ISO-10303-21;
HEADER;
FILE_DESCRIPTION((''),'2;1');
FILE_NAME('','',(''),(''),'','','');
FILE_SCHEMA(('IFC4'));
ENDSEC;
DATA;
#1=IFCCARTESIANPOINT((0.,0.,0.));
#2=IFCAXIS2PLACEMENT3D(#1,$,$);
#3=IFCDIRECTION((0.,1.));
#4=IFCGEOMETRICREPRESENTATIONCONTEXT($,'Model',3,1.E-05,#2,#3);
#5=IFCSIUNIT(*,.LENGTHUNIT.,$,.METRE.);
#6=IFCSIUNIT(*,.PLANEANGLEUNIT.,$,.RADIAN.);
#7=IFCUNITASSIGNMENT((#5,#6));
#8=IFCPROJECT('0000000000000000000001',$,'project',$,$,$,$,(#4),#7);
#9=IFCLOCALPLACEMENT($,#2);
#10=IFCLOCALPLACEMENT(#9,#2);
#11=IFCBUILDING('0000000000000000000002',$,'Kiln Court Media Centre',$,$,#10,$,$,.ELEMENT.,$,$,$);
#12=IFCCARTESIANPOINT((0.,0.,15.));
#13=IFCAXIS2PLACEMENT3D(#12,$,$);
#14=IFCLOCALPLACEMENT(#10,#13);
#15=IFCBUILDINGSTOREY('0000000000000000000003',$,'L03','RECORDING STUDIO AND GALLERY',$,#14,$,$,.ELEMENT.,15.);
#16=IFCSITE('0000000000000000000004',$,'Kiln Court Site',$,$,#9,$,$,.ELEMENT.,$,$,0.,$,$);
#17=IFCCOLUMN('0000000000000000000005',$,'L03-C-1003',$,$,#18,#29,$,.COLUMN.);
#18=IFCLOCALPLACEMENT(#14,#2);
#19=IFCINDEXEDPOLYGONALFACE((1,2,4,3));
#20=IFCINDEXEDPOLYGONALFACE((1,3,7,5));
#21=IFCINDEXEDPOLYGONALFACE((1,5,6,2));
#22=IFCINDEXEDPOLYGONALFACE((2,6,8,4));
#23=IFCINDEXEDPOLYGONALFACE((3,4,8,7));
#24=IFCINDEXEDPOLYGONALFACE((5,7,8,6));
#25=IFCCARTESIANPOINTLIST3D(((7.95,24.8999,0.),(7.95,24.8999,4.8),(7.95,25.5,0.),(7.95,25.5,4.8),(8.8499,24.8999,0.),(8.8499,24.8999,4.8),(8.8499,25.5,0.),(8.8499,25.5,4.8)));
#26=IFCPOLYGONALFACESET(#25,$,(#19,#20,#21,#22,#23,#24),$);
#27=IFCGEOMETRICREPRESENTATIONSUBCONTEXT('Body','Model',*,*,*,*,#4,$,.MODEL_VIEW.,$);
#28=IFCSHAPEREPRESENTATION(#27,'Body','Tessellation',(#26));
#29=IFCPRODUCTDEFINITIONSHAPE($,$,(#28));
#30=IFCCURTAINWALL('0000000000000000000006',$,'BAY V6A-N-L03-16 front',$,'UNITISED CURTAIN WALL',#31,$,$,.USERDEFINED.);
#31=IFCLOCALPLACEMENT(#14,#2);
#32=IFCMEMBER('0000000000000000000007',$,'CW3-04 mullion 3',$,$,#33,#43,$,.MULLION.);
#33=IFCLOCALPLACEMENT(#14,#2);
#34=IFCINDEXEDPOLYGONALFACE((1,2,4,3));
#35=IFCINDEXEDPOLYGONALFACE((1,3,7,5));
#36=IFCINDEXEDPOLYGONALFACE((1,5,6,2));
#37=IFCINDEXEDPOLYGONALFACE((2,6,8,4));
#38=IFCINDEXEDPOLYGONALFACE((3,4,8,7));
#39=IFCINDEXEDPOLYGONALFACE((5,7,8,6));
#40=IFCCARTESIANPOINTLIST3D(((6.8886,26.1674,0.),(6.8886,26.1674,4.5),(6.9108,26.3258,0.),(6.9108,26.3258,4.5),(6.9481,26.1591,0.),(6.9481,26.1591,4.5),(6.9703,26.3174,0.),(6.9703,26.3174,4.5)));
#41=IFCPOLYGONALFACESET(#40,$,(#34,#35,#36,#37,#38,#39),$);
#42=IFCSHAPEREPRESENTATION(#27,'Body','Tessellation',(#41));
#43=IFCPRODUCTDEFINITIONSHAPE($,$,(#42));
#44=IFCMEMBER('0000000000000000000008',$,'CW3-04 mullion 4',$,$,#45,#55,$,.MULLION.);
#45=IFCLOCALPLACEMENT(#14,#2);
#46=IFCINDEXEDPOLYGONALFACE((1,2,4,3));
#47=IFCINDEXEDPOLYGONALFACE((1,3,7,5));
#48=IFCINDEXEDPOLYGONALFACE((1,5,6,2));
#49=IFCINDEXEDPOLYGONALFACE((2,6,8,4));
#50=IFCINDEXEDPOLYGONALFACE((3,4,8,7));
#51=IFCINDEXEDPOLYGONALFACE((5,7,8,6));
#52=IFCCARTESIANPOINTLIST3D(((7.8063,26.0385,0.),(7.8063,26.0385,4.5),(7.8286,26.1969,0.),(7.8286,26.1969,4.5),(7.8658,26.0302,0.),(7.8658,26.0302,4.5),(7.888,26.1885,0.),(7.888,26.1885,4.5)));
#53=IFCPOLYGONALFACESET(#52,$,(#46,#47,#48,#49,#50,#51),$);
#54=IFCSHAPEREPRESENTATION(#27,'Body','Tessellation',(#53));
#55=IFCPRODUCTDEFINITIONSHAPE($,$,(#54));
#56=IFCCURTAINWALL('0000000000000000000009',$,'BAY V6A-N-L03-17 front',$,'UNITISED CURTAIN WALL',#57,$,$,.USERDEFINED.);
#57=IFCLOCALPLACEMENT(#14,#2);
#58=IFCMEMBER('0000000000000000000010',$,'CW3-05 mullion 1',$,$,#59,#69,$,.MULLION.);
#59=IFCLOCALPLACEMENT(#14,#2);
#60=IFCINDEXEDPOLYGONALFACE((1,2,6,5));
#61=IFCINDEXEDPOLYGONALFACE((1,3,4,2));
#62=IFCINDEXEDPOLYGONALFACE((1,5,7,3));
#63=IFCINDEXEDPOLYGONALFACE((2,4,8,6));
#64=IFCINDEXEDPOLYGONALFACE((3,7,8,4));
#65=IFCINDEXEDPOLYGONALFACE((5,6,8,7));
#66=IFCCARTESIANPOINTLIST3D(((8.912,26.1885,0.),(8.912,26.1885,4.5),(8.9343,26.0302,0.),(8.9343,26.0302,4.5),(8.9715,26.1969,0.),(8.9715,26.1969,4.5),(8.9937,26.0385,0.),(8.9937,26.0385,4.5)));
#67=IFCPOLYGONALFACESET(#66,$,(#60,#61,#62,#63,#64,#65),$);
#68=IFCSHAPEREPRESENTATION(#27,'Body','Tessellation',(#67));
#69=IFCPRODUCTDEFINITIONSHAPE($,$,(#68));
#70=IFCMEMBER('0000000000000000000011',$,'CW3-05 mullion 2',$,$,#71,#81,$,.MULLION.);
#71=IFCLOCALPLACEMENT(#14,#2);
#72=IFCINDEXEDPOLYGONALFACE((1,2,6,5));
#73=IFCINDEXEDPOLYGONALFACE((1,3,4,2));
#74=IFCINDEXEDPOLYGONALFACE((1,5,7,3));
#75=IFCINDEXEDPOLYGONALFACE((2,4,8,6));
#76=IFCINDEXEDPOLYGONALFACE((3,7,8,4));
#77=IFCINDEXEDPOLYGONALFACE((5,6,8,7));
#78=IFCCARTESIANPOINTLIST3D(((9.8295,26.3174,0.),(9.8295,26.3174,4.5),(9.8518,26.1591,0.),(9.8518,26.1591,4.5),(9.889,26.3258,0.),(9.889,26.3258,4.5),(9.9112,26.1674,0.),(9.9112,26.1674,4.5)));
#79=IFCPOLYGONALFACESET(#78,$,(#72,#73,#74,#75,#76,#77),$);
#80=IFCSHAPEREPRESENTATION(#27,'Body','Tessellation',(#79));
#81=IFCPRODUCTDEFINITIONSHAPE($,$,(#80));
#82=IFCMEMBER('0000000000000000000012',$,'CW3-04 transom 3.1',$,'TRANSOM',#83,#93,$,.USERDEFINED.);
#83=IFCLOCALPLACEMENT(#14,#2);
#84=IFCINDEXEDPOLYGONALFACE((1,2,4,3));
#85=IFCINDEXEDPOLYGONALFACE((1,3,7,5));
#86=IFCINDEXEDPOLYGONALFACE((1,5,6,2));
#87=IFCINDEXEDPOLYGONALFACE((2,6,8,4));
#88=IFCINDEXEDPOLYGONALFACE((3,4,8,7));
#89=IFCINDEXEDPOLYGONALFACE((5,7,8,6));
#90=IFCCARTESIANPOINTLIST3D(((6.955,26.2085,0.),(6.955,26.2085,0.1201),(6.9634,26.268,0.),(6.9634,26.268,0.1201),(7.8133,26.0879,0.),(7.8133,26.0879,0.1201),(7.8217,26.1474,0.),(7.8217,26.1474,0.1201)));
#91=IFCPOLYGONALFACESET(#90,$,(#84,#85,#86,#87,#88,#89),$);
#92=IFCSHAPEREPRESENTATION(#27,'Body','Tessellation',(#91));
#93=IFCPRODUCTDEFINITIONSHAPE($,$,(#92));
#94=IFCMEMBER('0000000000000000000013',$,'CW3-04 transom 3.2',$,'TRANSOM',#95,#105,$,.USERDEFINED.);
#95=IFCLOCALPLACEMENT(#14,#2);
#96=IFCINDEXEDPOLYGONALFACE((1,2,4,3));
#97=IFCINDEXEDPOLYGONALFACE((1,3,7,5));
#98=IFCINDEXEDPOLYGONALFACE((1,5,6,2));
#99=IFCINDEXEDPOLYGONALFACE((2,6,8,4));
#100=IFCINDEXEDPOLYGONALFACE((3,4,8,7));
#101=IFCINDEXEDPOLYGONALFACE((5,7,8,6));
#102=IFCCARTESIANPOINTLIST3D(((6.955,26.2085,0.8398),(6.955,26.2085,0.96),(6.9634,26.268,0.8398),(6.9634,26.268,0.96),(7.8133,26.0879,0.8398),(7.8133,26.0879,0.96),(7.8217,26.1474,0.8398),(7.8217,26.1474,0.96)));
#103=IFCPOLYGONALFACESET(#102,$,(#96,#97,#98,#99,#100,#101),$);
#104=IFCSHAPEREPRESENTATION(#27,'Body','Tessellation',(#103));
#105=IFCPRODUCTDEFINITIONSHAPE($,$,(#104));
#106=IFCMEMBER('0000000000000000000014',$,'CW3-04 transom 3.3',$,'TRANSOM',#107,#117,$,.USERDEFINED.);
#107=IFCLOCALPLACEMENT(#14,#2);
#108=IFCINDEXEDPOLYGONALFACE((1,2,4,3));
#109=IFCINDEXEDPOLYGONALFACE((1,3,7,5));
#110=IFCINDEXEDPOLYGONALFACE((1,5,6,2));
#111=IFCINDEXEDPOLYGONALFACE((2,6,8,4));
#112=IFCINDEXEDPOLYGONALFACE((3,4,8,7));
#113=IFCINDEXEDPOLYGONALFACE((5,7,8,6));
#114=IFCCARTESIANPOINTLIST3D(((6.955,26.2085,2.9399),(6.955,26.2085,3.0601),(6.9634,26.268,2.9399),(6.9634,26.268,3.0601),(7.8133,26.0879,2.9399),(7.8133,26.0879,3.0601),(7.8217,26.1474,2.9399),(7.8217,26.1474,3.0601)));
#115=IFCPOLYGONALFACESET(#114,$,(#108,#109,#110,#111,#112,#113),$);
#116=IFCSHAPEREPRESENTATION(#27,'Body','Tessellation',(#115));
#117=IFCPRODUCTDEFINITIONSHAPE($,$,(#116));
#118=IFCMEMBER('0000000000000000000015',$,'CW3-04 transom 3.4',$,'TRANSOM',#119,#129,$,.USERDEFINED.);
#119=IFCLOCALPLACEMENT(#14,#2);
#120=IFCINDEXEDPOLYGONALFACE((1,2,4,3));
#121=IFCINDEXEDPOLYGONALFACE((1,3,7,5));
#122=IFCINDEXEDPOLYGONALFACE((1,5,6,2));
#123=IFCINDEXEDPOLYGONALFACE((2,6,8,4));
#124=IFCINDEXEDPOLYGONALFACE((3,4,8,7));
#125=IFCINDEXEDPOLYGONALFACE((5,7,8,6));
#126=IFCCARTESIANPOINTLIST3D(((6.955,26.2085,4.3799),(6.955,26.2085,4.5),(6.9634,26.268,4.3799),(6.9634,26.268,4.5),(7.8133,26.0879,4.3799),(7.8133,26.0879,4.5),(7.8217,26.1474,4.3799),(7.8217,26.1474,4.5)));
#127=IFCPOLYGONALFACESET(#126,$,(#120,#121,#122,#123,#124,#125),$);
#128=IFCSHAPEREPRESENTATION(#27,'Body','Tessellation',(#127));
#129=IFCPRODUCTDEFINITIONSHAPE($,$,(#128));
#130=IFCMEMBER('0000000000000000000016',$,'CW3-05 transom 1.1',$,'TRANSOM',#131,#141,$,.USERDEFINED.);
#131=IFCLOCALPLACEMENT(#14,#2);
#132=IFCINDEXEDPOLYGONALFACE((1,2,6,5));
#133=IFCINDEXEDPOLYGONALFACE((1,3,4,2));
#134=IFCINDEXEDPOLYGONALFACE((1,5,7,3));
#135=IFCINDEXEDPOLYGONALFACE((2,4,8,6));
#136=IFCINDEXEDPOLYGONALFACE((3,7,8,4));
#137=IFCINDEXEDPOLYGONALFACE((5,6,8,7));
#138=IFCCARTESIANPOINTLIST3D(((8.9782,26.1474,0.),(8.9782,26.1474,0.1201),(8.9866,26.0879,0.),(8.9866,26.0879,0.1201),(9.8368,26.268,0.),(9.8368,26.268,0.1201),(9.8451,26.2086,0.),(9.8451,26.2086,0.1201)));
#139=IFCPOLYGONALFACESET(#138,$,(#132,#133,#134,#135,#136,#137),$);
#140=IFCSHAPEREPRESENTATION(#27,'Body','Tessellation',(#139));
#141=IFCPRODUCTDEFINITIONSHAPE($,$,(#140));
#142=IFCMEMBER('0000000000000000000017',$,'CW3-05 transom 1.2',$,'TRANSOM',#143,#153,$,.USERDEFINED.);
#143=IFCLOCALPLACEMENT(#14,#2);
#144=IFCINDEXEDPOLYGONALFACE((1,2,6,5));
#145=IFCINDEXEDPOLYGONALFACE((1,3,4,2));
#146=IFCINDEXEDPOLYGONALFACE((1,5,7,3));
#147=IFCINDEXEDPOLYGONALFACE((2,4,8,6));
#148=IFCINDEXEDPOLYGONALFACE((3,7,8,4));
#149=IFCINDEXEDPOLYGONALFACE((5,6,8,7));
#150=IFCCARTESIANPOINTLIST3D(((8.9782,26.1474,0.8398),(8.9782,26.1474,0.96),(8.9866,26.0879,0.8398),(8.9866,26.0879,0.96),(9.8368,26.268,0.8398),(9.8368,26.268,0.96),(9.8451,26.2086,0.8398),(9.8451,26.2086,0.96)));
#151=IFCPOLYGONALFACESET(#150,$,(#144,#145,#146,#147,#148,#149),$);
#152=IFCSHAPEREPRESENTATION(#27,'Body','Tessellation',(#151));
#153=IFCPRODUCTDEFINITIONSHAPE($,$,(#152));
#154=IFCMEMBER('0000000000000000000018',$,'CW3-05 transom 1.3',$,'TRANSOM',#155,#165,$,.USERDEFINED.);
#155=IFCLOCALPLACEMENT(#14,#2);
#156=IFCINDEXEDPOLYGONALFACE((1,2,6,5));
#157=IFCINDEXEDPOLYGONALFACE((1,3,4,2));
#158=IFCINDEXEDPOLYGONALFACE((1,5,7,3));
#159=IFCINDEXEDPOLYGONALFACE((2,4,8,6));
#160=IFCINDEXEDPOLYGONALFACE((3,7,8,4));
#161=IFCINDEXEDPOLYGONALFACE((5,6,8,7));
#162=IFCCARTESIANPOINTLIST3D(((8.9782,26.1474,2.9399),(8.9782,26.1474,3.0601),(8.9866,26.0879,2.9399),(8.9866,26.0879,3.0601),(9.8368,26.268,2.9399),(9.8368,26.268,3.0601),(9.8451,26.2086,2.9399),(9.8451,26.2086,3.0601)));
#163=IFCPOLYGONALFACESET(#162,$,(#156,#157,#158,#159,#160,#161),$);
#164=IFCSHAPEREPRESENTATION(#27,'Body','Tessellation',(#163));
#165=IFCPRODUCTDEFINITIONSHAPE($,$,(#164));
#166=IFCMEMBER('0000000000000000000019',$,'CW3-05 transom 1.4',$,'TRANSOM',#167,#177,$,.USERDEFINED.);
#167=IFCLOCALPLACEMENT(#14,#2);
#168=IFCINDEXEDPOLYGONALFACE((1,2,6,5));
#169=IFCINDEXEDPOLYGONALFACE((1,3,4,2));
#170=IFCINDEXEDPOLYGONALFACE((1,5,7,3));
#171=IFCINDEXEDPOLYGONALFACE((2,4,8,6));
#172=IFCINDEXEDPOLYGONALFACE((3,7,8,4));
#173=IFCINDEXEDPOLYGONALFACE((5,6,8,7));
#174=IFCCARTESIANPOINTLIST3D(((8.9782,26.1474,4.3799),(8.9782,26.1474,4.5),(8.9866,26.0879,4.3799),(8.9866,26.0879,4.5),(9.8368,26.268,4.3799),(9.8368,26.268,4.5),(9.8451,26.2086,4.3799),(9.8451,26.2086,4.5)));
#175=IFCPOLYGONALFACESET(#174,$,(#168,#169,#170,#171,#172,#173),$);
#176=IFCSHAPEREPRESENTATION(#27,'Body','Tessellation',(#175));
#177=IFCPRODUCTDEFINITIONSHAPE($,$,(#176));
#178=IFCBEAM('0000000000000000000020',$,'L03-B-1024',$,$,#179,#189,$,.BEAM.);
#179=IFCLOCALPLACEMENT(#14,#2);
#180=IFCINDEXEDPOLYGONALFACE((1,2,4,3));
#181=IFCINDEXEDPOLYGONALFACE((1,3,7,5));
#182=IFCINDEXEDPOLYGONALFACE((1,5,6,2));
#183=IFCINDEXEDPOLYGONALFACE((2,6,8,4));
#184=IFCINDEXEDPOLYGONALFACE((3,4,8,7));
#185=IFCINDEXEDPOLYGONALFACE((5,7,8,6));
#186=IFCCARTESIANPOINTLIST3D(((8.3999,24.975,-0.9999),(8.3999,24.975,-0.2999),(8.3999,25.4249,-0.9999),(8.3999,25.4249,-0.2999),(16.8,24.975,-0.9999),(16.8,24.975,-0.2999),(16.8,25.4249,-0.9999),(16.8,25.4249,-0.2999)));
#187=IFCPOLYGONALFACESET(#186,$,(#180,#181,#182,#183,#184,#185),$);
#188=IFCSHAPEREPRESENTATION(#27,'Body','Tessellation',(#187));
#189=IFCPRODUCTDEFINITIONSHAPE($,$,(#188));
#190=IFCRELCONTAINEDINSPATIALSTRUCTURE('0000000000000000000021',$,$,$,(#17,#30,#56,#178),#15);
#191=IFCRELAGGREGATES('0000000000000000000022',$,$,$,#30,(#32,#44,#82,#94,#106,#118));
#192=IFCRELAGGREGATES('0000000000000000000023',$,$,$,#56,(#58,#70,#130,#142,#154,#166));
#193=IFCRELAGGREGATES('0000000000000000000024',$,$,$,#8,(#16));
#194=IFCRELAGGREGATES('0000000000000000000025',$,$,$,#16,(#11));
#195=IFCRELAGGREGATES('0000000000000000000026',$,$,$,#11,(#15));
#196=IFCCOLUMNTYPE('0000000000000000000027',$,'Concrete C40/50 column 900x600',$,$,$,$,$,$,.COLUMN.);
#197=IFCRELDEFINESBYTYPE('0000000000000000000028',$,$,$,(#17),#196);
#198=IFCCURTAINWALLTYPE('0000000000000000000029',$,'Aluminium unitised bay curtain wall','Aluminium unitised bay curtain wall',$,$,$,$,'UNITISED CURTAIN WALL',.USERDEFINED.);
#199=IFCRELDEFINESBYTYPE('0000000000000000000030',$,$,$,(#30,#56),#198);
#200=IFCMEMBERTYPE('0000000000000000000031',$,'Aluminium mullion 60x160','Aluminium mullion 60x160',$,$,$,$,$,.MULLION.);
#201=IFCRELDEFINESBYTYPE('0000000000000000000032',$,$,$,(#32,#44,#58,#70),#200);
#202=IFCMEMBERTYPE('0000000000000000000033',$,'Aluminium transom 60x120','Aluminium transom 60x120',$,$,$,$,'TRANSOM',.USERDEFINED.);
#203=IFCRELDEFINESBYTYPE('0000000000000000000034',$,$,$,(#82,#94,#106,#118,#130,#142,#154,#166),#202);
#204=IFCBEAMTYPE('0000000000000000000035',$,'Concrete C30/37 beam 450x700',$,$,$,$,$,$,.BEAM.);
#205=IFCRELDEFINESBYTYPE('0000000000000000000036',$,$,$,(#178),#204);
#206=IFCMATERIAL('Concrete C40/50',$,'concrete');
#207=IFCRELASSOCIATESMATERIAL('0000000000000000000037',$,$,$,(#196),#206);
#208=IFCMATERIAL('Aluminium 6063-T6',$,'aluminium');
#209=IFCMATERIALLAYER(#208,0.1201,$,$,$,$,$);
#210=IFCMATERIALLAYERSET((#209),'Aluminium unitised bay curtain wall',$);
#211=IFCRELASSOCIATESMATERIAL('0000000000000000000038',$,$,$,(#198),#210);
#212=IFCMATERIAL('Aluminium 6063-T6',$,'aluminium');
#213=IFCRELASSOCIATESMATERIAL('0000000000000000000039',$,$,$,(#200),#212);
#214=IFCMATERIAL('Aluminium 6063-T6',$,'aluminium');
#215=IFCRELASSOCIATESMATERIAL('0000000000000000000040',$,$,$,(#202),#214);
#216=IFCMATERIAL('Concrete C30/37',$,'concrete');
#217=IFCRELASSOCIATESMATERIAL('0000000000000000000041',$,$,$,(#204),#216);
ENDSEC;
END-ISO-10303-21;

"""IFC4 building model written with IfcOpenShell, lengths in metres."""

from ifc_helpers import new_model, si_unit, direction, frame, origin, origin_2d, place, context, subcontext, project, spatial, rectangle, extrude, material, layer, layer_set, material_profile, profile_set, type_object, element, aggregate, save


model = new_model("IFC4")

# Units and contexts
model_context = context("Model", 3, precision=1e-05, world=origin(), true_north=direction((0.0, 1.0)))
body_context = subcontext(model_context, "Body", "Model", "MODEL_VIEW")
ifc_project = project(units=[si_unit("LENGTHUNIT", "METRE"), si_unit("PLANEANGLEUNIT", "RADIAN")], contexts=[model_context])

# Site, building, storey
site_placement = place(None, origin())
site = spatial("IfcSite", under=ifc_project, at=site_placement, Name="Kiln Court Site", CompositionType="ELEMENT", RefElevation=0.0)
building_placement = place(site_placement, origin())
building = spatial("IfcBuilding", under=site, at=building_placement, Name="Kiln Court Media Centre", CompositionType="ELEMENT")
storey_placement = place(building_placement, frame((0.0, 0.0, 15.0)))
storey = spatial("IfcBuildingStorey", under=building, at=storey_placement, Name="L03", Description="RECORDING STUDIO AND GALLERY", CompositionType="ELEMENT", Elevation=15.0)

# Column
ifc_material_1 = material(Name="Concrete C40/50", Category="concrete")
ifc_material_profile_1 = material_profile(ifc_material_1, rectangle(XDim=0.8999, YDim=0.6001, at=origin_2d()), Name="RC 900x600")
ifc_profile_set_1 = profile_set([ifc_material_profile_1], Name="Concrete C40/50")
column_type = type_object("IfcColumnType", Name="Concrete C40/50 column 900x600", PredefinedType="COLUMN", material=ifc_profile_set_1)
column_placement = place(storey_placement, frame((8.3999, 25.2, 0.0), z_axis=(0.0, 0.0, 1.0), x_axis=(1.0, 0.0, 0.0)))
element("IfcColumn", 1, at=column_placement, inside=storey, type_object=column_type, Name="L03-C-1003", PredefinedType="COLUMN", context=body_context, shape_type="SweptSolid", body=[
    extrude(rectangle(XDim=0.8999, YDim=0.6001, at=origin_2d()), origin(), (0.0, 0.0, 1.0), 4.8),
])

# Curtain walls, members
ifc_material_2 = material(Name="Aluminium 6063-T6", Category="aluminium")
ifc_layer_1 = layer(ifc_material_2, 0.1201)
ifc_layer_set_1 = layer_set([ifc_layer_1], Name="Aluminium unitised bay curtain wall")
curtain_wall_type = type_object("IfcCurtainWallType", Name="Aluminium unitised bay curtain wall", Description="Aluminium unitised bay curtain wall", ElementType="UNITISED CURTAIN WALL", PredefinedType="USERDEFINED", material=ifc_layer_set_1)
curtain_wall_1_placement = place(storey_placement, origin())
curtain_wall_1 = element("IfcCurtainWall", 2, at=curtain_wall_1_placement, inside=storey, type_object=curtain_wall_type, Name="BAY V6A-N-L03-16 front", ObjectType="UNITISED CURTAIN WALL", PredefinedType="USERDEFINED")
ifc_material_3 = material(Name="Aluminium 6063-T6", Category="aluminium")
ifc_material_profile_2 = material_profile(ifc_material_3, rectangle(XDim=0.0601, YDim=0.1599, at=origin_2d()), Name="Aluminium mullion 60x160")
ifc_profile_set_2 = profile_set([ifc_material_profile_2], Name="Aluminium 6063-T6")
member_type_1 = type_object("IfcMemberType", Name="Aluminium mullion 60x160", Description="Aluminium mullion 60x160", PredefinedType="MULLION", material=ifc_profile_set_2)
member_1_placement = place(storey_placement, frame((6.9294, 26.2424, 0.0), z_axis=(0.0, 0.0, 1.0), x_axis=(0.99027, -0.139162, 0.0)))
member_1 = element("IfcMember", 3, at=member_1_placement, type_object=member_type_1, Name="CW3-04 mullion 3", PredefinedType="MULLION", context=body_context, shape_type="SweptSolid", body=[
    extrude(rectangle(XDim=0.0601, YDim=0.1599, at=origin_2d()), origin(), (0.0, 0.0, 1.0), 4.5),
])
member_2_placement = place(storey_placement, frame((7.8472, 26.1135, 0.0), z_axis=(0.0, 0.0, 1.0), x_axis=(0.99027, -0.139162, 0.0)))
member_2 = element("IfcMember", 4, at=member_2_placement, type_object=member_type_1, Name="CW3-04 mullion 4", PredefinedType="MULLION", context=body_context, shape_type="SweptSolid", body=[
    extrude(rectangle(XDim=0.0601, YDim=0.1599, at=origin_2d()), origin(), (0.0, 0.0, 1.0), 4.5),
])
curtain_wall_2_placement = place(storey_placement, origin())
curtain_wall_2 = element("IfcCurtainWall", 5, at=curtain_wall_2_placement, inside=storey, type_object=curtain_wall_type, Name="BAY V6A-N-L03-17 front", ObjectType="UNITISED CURTAIN WALL", PredefinedType="USERDEFINED")
member_3_placement = place(storey_placement, frame((8.9529, 26.1135, 0.0), z_axis=(0.0, 0.0, 1.0), x_axis=(0.99027, 0.139162, 0.0)))
member_3 = element("IfcMember", 6, at=member_3_placement, type_object=member_type_1, Name="CW3-05 mullion 1", PredefinedType="MULLION", context=body_context, shape_type="SweptSolid", body=[
    extrude(rectangle(XDim=0.0601, YDim=0.1599, at=origin_2d()), origin(), (0.0, 0.0, 1.0), 4.5),
])
member_4_placement = place(storey_placement, frame((9.8704, 26.2424, 0.0), z_axis=(0.0, 0.0, 1.0), x_axis=(0.99027, 0.139162, 0.0)))
member_4 = element("IfcMember", 7, at=member_4_placement, type_object=member_type_1, Name="CW3-05 mullion 2", PredefinedType="MULLION", context=body_context, shape_type="SweptSolid", body=[
    extrude(rectangle(XDim=0.0601, YDim=0.1599, at=origin_2d()), origin(), (0.0, 0.0, 1.0), 4.5),
])

# Members
ifc_material_4 = material(Name="Aluminium 6063-T6", Category="aluminium")
ifc_material_profile_3 = material_profile(ifc_material_4, rectangle(XDim=0.0601, YDim=0.1201, at=origin_2d()), Name="Aluminium transom 60x120")
ifc_profile_set_3 = profile_set([ifc_material_profile_3], Name="Aluminium 6063-T6")
member_type_2 = type_object("IfcMemberType", Name="Aluminium transom 60x120", Description="Aluminium transom 60x120", ElementType="TRANSOM", PredefinedType="USERDEFINED", material=ifc_profile_set_3)
member_5_placement = place(storey_placement, frame((6.9592, 26.2383, 0.0601), z_axis=(0.990268, -0.139173, 0.0), x_axis=(0.139173, 0.990268, 0.0)))
member_5 = element("IfcMember", 8, at=member_5_placement, type_object=member_type_2, Name="CW3-04 transom 3.1", ObjectType="TRANSOM", PredefinedType="USERDEFINED", context=body_context, shape_type="SweptSolid", body=[
    extrude(rectangle(XDim=0.0601, YDim=0.1201, at=origin_2d()), origin(), (0.0, 0.0, 1.0), 0.8667),
])
member_6_placement = place(storey_placement, frame((6.9592, 26.2383, 0.8999), z_axis=(0.990268, -0.139173, 0.0), x_axis=(0.139173, 0.990268, 0.0)))
member_6 = element("IfcMember", 9, at=member_6_placement, type_object=member_type_2, Name="CW3-04 transom 3.2", ObjectType="TRANSOM", PredefinedType="USERDEFINED", context=body_context, shape_type="SweptSolid", body=[
    extrude(rectangle(XDim=0.0601, YDim=0.1201, at=origin_2d()), origin(), (0.0, 0.0, 1.0), 0.8667),
])
member_7_placement = place(storey_placement, frame((6.9592, 26.2383, 3.0), z_axis=(0.990268, -0.139173, 0.0), x_axis=(0.139173, 0.990268, 0.0)))
member_7 = element("IfcMember", 10, at=member_7_placement, type_object=member_type_2, Name="CW3-04 transom 3.3", ObjectType="TRANSOM", PredefinedType="USERDEFINED", context=body_context, shape_type="SweptSolid", body=[
    extrude(rectangle(XDim=0.0601, YDim=0.1201, at=origin_2d()), origin(), (0.0, 0.0, 1.0), 0.8667),
])
member_8_placement = place(storey_placement, frame((6.9592, 26.2383, 4.4399), z_axis=(0.990268, -0.139173, 0.0), x_axis=(0.139173, 0.990268, 0.0)))
member_8 = element("IfcMember", 11, at=member_8_placement, type_object=member_type_2, Name="CW3-04 transom 3.4", ObjectType="TRANSOM", PredefinedType="USERDEFINED", context=body_context, shape_type="SweptSolid", body=[
    extrude(rectangle(XDim=0.0601, YDim=0.1201, at=origin_2d()), origin(), (0.0, 0.0, 1.0), 0.8667),
])
member_9_placement = place(storey_placement, frame((8.9824, 26.1177, 0.0601), z_axis=(0.990274, 0.139134, 0.0), x_axis=(-0.139134, 0.990274, 0.0)))
member_9 = element("IfcMember", 12, at=member_9_placement, type_object=member_type_2, Name="CW3-05 transom 1.1", ObjectType="TRANSOM", PredefinedType="USERDEFINED", context=body_context, shape_type="SweptSolid", body=[
    extrude(rectangle(XDim=0.0601, YDim=0.1201, at=origin_2d()), origin(), (0.0, 0.0, 1.0), 0.8669),
])
member_10_placement = place(storey_placement, frame((8.9824, 26.1177, 0.8999), z_axis=(0.990274, 0.139134, 0.0), x_axis=(-0.139134, 0.990274, 0.0)))
member_10 = element("IfcMember", 13, at=member_10_placement, type_object=member_type_2, Name="CW3-05 transom 1.2", ObjectType="TRANSOM", PredefinedType="USERDEFINED", context=body_context, shape_type="SweptSolid", body=[
    extrude(rectangle(XDim=0.0601, YDim=0.1201, at=origin_2d()), origin(), (0.0, 0.0, 1.0), 0.8669),
])
member_11_placement = place(storey_placement, frame((8.9824, 26.1177, 3.0), z_axis=(0.990274, 0.139134, 0.0), x_axis=(-0.139134, 0.990274, 0.0)))
member_11 = element("IfcMember", 14, at=member_11_placement, type_object=member_type_2, Name="CW3-05 transom 1.3", ObjectType="TRANSOM", PredefinedType="USERDEFINED", context=body_context, shape_type="SweptSolid", body=[
    extrude(rectangle(XDim=0.0601, YDim=0.1201, at=origin_2d()), origin(), (0.0, 0.0, 1.0), 0.8669),
])
member_12_placement = place(storey_placement, frame((8.9824, 26.1177, 4.4399), z_axis=(0.990274, 0.139134, 0.0), x_axis=(-0.139134, 0.990274, 0.0)))
member_12 = element("IfcMember", 15, at=member_12_placement, type_object=member_type_2, Name="CW3-05 transom 1.4", ObjectType="TRANSOM", PredefinedType="USERDEFINED", context=body_context, shape_type="SweptSolid", body=[
    extrude(rectangle(XDim=0.0601, YDim=0.1201, at=origin_2d()), origin(), (0.0, 0.0, 1.0), 0.8669),
])

# Beam
ifc_material_5 = material(Name="Concrete C30/37", Category="concrete")
ifc_material_profile_4 = material_profile(ifc_material_5, rectangle(XDim=0.45, YDim=0.7, at=origin_2d()), Name="RC 450x700")
ifc_profile_set_4 = profile_set([ifc_material_profile_4], Name="Concrete C30/37")
beam_type = type_object("IfcBeamType", Name="Concrete C30/37 beam 450x700", PredefinedType="BEAM", material=ifc_profile_set_4)
beam_placement = place(storey_placement, frame((8.3999, 25.2, -0.6499), z_axis=(1.0, 0.0, 0.0), x_axis=(0.0, 1.0, 0.0)))
element("IfcBeam", 16, at=beam_placement, inside=storey, type_object=beam_type, Name="L03-B-1024", PredefinedType="BEAM", context=body_context, shape_type="SweptSolid", body=[
    extrude(rectangle(XDim=0.45, YDim=0.7, at=origin_2d()), origin(), (0.0, 0.0, 1.0), 8.4001),
])

aggregate(curtain_wall_1, [member_1, member_2, member_5, member_6, member_7, member_8])
aggregate(curtain_wall_2, [member_3, member_4, member_9, member_10, member_11, member_12])

save(model, "model.ifc")
